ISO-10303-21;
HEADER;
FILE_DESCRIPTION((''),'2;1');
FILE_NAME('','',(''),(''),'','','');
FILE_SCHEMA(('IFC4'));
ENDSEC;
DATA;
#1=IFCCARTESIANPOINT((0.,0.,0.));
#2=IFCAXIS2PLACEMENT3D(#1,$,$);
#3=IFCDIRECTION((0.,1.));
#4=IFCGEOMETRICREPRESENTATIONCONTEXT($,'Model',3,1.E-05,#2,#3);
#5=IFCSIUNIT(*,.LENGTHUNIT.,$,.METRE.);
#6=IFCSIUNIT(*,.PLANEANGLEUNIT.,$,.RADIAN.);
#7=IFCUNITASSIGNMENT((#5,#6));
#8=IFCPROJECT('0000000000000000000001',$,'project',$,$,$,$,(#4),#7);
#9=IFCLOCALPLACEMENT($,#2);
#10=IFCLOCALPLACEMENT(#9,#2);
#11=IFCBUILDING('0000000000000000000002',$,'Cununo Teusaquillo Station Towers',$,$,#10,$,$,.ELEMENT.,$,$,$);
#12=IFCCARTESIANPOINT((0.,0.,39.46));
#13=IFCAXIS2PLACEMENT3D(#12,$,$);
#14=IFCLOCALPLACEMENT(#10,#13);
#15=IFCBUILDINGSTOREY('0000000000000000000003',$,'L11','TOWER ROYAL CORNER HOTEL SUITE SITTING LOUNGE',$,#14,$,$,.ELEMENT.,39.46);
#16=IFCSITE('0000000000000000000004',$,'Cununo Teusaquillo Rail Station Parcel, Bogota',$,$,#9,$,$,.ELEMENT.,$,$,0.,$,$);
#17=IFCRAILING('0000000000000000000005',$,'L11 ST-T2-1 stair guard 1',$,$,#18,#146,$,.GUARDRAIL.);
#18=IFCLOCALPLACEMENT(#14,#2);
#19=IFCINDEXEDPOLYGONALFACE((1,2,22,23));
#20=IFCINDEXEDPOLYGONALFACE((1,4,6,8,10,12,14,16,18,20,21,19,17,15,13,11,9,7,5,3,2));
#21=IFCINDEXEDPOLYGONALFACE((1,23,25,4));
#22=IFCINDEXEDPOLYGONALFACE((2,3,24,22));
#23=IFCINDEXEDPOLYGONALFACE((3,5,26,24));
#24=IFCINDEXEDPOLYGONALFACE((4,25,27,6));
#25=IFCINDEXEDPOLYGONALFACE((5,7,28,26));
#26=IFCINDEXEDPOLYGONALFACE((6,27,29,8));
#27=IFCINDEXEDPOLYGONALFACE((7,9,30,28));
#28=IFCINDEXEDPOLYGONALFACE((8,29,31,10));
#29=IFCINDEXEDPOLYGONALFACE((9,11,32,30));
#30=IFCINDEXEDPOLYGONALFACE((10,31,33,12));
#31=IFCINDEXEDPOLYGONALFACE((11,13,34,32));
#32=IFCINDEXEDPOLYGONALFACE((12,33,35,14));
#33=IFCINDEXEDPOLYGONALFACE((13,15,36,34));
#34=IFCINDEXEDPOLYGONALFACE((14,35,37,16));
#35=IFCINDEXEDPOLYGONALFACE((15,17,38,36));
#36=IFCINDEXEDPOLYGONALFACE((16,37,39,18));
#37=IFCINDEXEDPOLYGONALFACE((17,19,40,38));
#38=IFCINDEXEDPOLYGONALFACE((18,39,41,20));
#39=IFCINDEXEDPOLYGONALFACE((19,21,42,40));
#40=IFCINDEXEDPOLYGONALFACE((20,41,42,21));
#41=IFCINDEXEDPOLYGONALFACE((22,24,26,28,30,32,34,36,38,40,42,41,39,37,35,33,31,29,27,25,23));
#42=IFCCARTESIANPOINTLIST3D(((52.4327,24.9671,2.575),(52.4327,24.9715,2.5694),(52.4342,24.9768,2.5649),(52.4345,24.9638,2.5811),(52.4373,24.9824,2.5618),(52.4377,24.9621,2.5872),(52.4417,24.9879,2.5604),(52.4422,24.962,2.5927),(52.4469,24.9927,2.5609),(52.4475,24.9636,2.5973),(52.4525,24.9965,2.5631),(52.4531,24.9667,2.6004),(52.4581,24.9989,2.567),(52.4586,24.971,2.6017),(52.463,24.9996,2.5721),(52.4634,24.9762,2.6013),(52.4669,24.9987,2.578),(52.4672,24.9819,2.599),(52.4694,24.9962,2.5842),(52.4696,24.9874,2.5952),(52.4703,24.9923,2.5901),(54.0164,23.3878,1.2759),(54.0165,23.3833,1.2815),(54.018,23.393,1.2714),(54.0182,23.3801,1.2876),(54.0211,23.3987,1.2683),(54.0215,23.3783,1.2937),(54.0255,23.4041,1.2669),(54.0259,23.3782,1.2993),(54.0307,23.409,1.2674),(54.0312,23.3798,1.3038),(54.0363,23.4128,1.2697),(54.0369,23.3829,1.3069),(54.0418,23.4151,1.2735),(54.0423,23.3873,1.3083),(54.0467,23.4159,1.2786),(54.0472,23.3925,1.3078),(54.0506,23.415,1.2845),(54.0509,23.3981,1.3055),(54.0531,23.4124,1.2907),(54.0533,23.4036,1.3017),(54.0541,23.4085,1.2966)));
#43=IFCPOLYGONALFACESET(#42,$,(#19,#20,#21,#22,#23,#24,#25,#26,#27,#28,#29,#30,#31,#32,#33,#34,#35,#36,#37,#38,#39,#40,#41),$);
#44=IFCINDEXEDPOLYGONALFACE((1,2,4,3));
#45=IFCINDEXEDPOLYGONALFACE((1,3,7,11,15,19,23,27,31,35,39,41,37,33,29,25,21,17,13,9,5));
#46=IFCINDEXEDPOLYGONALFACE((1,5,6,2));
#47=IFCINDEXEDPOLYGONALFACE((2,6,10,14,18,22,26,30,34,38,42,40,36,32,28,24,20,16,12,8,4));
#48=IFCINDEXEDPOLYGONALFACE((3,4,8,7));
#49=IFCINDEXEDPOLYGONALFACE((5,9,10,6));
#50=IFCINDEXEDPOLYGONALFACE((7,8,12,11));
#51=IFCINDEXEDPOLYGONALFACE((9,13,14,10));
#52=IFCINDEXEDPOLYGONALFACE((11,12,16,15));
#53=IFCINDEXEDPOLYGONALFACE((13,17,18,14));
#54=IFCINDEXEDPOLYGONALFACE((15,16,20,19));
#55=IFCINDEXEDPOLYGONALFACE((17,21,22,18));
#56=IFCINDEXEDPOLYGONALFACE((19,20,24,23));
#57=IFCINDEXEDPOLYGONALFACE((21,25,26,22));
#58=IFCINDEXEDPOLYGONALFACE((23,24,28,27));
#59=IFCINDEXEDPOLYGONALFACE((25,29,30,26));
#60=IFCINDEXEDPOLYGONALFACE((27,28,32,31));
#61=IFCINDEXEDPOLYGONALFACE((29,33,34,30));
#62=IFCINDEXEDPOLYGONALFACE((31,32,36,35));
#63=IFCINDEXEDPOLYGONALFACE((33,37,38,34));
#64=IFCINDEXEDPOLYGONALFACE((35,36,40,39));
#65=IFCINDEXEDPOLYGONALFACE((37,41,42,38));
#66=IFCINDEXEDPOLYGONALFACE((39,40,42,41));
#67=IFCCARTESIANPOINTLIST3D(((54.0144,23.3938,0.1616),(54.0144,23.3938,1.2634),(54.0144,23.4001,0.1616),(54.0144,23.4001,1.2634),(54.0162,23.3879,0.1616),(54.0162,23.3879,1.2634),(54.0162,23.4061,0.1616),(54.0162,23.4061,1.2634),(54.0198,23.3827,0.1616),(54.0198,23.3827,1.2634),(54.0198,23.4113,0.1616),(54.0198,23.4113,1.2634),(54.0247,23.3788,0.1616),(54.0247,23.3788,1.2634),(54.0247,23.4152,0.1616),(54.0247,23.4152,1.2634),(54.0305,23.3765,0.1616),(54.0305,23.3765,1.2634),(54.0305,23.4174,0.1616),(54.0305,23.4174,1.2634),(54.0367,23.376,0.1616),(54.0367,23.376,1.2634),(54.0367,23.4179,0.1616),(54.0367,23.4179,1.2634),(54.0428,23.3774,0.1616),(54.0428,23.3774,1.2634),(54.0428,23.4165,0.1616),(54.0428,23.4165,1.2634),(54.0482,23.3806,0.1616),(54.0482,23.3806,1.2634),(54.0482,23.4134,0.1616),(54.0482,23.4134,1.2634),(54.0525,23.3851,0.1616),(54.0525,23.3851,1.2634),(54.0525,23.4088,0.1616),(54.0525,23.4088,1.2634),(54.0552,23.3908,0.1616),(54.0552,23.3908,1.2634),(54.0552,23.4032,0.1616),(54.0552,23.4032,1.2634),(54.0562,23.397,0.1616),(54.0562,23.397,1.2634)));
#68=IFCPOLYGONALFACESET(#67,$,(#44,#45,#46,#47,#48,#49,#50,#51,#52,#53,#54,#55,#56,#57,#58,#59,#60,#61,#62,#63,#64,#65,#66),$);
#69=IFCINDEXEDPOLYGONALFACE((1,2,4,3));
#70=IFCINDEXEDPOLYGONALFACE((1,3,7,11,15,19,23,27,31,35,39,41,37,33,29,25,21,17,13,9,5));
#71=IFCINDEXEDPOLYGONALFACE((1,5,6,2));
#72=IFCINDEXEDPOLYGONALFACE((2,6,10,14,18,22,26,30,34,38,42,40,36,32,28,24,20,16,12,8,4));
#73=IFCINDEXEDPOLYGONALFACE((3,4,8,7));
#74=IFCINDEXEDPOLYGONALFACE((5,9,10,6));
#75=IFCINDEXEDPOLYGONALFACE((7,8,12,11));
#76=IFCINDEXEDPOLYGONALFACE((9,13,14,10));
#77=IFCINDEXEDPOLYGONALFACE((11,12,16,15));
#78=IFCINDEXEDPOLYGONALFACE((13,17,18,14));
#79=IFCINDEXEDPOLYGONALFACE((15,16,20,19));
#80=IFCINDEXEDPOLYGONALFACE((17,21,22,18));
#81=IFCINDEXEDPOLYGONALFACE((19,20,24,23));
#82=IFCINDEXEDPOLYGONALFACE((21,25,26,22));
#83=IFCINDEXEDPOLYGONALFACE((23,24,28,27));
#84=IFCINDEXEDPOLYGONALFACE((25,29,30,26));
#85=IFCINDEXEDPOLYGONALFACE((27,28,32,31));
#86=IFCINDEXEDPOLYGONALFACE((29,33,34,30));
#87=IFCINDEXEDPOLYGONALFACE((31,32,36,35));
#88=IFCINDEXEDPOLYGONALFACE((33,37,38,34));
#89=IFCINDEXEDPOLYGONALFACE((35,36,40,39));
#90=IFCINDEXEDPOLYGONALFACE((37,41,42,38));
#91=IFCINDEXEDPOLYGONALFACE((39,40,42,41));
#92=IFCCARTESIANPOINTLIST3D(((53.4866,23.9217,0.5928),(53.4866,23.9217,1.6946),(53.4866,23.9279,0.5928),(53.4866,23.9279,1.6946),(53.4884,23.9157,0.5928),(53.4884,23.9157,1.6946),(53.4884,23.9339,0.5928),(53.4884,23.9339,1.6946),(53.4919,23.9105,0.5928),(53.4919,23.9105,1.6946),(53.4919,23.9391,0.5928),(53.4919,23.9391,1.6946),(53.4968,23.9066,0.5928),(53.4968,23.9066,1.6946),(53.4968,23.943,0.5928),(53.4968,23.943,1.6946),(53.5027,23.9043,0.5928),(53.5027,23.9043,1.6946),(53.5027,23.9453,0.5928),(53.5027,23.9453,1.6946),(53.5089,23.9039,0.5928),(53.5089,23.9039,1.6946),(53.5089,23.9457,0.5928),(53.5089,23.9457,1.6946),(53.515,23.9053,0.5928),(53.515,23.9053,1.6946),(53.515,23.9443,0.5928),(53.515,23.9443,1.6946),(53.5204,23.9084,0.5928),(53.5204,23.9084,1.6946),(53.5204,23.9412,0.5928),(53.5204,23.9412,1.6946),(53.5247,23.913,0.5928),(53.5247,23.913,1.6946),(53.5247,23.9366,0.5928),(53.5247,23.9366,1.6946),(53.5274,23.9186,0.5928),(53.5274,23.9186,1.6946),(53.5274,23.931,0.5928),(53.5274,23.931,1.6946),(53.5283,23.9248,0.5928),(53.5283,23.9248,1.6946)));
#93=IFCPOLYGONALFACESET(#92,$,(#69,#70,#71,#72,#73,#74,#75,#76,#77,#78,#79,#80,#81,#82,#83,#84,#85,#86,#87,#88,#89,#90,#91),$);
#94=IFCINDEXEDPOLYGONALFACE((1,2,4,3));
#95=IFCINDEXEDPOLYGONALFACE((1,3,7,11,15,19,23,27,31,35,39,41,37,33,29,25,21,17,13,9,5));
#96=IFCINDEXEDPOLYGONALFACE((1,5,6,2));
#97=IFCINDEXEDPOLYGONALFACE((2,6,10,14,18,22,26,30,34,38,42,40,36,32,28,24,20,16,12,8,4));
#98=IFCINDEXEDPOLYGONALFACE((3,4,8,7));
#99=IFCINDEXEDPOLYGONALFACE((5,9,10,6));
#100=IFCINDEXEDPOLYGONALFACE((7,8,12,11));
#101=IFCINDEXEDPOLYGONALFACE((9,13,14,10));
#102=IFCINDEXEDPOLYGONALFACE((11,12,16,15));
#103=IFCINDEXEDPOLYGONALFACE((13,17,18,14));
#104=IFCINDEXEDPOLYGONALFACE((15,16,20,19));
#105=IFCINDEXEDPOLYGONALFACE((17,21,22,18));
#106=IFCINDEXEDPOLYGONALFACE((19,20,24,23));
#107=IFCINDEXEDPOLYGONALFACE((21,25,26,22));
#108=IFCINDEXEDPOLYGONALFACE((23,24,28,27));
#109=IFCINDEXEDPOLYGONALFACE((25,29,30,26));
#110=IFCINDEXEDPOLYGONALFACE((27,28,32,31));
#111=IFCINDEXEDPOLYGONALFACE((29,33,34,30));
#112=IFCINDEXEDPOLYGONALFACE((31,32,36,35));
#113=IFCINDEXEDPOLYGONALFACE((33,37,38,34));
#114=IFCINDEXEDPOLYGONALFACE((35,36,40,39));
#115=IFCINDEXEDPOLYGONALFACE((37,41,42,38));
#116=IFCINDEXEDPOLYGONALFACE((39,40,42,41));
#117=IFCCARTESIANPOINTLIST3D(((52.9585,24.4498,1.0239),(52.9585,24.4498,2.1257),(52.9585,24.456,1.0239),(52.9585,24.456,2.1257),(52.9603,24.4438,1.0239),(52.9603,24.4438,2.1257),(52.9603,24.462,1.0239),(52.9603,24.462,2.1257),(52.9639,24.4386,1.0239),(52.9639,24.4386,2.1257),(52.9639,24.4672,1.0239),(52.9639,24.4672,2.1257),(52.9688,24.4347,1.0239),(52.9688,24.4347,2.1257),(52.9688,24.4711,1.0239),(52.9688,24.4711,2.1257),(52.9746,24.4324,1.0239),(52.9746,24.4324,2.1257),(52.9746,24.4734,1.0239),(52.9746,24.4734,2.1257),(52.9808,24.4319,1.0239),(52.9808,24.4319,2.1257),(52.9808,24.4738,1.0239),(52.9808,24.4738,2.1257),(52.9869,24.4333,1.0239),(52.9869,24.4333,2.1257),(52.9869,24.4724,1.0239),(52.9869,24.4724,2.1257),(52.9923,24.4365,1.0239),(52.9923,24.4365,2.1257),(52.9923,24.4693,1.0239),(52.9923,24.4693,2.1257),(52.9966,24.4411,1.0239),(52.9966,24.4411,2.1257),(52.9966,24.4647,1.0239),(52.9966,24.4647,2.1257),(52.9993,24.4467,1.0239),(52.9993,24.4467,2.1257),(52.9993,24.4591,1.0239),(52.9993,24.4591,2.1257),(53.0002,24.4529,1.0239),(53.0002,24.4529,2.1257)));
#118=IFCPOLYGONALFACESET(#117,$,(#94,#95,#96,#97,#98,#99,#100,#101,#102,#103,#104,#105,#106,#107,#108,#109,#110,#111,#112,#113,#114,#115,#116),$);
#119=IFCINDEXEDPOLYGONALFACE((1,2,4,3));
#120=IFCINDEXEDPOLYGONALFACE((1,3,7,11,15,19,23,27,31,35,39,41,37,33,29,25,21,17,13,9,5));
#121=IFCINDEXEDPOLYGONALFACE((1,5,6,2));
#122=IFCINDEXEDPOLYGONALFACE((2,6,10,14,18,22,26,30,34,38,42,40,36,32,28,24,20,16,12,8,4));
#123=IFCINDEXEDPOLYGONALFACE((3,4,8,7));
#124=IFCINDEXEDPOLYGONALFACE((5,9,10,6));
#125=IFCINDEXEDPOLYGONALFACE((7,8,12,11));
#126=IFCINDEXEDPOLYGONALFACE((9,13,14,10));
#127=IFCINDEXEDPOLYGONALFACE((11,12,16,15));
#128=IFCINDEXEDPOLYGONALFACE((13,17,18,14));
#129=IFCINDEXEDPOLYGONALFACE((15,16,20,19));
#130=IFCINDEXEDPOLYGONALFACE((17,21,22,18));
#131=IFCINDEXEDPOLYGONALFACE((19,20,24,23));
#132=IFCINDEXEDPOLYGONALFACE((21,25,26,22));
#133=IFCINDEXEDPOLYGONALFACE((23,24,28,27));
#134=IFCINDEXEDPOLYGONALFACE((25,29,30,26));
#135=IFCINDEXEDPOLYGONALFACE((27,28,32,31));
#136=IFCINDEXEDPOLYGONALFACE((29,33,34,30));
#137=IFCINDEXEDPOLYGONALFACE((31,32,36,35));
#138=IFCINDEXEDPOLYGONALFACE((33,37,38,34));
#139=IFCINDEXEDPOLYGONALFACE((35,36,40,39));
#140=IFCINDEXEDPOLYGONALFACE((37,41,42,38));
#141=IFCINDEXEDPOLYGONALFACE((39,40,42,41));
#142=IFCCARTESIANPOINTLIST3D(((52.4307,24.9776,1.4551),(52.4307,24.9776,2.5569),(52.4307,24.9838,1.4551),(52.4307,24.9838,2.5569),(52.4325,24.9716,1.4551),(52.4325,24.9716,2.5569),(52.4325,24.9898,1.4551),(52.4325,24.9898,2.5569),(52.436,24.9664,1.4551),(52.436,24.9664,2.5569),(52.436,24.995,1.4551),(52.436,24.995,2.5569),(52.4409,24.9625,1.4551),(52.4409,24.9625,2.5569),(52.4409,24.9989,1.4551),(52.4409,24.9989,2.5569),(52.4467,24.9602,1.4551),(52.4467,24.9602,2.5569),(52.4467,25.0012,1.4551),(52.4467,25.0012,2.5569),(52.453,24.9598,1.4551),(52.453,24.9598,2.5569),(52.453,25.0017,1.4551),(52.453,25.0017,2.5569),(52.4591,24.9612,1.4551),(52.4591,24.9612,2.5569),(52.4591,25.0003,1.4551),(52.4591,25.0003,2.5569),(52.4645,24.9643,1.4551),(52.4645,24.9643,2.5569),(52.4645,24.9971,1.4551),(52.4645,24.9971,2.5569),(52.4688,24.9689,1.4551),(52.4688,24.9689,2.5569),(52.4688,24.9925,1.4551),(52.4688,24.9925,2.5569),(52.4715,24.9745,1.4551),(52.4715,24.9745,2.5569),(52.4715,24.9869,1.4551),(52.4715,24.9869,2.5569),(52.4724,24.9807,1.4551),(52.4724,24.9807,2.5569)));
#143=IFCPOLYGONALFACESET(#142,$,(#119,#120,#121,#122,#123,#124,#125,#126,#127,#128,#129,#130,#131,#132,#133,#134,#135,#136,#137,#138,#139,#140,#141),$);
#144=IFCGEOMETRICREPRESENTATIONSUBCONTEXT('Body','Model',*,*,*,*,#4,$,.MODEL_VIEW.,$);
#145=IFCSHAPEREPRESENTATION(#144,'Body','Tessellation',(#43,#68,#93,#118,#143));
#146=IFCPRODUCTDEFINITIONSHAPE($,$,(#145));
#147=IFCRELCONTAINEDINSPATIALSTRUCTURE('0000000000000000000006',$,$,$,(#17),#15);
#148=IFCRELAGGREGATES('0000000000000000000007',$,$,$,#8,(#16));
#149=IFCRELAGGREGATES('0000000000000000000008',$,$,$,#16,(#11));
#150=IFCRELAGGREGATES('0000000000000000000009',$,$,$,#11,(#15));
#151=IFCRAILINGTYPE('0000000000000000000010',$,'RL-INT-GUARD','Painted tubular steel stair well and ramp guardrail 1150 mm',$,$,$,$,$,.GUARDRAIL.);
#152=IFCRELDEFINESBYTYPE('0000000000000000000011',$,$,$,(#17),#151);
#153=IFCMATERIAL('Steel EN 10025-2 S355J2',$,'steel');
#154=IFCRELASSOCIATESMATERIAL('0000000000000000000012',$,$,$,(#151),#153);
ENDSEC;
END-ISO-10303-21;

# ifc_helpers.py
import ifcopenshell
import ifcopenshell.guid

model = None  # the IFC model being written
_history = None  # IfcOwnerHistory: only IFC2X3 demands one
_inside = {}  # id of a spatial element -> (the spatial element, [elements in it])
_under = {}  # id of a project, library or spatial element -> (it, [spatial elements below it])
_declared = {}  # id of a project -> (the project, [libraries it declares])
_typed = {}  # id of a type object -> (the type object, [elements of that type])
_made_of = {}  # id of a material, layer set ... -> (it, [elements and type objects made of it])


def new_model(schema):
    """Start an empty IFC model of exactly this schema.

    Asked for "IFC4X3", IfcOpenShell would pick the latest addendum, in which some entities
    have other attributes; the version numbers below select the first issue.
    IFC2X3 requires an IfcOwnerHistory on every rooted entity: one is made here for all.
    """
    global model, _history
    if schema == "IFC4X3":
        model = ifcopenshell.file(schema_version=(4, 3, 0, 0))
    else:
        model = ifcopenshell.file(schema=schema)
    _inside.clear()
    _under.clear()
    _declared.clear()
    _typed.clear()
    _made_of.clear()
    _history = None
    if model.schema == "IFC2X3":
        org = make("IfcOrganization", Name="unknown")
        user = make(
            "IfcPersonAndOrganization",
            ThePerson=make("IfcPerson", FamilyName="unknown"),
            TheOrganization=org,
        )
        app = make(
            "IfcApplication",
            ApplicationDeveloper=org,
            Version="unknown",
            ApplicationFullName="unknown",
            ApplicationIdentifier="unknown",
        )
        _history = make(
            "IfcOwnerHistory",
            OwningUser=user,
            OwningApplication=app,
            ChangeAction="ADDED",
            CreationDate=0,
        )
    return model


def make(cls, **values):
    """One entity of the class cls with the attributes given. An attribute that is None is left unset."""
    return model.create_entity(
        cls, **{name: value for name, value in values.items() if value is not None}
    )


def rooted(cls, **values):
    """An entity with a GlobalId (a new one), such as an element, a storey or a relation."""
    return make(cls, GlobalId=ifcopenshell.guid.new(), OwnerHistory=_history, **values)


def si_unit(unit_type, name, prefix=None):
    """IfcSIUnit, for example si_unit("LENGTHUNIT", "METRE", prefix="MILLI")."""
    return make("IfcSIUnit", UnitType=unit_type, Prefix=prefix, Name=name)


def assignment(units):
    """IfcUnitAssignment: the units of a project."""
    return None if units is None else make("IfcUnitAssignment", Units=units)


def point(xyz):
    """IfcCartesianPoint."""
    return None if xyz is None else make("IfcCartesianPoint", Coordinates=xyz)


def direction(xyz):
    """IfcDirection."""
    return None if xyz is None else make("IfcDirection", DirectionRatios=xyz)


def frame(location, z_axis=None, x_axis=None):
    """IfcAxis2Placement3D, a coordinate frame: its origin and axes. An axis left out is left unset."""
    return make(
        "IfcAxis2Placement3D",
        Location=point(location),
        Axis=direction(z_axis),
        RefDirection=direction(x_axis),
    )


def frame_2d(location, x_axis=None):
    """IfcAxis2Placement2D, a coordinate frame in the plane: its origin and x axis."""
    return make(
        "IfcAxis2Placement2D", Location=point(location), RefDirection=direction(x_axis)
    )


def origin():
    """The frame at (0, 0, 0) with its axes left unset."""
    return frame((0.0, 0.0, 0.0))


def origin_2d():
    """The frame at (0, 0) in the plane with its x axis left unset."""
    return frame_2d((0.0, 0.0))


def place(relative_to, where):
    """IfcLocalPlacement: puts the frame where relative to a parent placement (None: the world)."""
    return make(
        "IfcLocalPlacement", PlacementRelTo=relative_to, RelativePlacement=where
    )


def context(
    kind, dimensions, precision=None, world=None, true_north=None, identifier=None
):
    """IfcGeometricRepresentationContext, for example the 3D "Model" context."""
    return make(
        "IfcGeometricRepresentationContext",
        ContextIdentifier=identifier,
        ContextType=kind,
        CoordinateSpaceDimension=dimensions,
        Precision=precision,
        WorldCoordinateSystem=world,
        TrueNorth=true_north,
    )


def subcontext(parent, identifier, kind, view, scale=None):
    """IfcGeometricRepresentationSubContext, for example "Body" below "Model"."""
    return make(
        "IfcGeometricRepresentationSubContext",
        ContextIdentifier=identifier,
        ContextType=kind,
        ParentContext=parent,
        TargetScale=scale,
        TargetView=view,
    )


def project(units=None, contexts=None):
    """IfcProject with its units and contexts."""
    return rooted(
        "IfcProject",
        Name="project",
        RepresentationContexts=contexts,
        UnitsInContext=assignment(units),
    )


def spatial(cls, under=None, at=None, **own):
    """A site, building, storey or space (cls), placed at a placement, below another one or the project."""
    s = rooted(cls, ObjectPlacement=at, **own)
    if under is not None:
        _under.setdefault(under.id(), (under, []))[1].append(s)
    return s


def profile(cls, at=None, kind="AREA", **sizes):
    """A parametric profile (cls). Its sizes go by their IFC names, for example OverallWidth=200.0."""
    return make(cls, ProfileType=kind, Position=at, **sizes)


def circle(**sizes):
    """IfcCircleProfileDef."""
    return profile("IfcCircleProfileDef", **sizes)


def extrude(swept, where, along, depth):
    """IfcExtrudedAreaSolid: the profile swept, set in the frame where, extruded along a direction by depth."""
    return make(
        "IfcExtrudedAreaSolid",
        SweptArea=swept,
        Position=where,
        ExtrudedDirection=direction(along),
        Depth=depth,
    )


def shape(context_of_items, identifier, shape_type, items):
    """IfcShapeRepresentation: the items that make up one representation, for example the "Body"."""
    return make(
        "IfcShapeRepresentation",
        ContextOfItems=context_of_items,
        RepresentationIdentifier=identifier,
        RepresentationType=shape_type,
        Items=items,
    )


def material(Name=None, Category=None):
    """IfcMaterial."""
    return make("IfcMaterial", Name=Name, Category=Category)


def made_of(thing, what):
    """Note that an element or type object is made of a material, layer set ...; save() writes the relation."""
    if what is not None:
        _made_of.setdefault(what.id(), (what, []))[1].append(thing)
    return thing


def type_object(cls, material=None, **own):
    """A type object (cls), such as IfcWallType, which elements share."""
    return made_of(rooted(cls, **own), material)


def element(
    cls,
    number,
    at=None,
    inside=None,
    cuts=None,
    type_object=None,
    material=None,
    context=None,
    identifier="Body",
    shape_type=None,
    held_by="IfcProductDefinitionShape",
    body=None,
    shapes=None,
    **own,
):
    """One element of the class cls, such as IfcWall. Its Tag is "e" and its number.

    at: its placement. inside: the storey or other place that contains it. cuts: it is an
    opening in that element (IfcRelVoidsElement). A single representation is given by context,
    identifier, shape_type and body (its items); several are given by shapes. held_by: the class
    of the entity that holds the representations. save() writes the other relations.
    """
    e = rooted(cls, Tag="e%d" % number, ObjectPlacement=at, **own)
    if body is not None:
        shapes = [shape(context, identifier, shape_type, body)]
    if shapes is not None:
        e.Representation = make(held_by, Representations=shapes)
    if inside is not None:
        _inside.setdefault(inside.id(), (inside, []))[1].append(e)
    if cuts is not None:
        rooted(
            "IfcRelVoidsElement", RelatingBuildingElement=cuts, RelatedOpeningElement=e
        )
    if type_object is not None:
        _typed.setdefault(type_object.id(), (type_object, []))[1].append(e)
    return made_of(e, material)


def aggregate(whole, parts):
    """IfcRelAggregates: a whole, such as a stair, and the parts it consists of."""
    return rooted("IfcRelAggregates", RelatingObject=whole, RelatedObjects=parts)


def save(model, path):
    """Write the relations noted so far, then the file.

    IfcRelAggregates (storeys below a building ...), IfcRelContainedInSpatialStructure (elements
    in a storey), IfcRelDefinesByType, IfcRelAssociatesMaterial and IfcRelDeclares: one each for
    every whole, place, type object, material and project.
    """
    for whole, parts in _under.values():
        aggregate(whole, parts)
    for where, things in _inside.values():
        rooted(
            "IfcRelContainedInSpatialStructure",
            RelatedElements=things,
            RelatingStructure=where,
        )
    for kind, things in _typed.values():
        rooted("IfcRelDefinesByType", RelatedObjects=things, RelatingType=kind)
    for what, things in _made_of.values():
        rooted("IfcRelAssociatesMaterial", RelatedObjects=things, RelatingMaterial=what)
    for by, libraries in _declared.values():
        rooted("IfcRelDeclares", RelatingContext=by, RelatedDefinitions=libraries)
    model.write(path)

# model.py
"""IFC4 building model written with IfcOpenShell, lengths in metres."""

from ifc_helpers import new_model, si_unit, direction, frame, origin, origin_2d, place, context, subcontext, project, spatial, circle, extrude, material, type_object, element, save


model = new_model("IFC4")

# Units and contexts
model_context = context("Model", 3, precision=1e-05, world=origin(), true_north=direction((0.0, 1.0)))
body_context = subcontext(model_context, "Body", "Model", "MODEL_VIEW")
ifc_project = project(units=[si_unit("LENGTHUNIT", "METRE"), si_unit("PLANEANGLEUNIT", "RADIAN")], contexts=[model_context])

# Site, building, storey
site_placement = place(None, origin())
site = spatial("IfcSite", under=ifc_project, at=site_placement, Name="Cununo Teusaquillo Rail Station Parcel, Bogota", CompositionType="ELEMENT", RefElevation=0.0)
building_placement = place(site_placement, origin())
building = spatial("IfcBuilding", under=site, at=building_placement, Name="Cununo Teusaquillo Station Towers", CompositionType="ELEMENT")
storey_placement = place(building_placement, frame((0.0, 0.0, 39.46)))
storey = spatial("IfcBuildingStorey", under=building, at=storey_placement, Name="L11", Description="TOWER ROYAL CORNER HOTEL SUITE SITTING LOUNGE", CompositionType="ELEMENT", Elevation=39.46)

# Railing
ifc_material_1 = material(Name="Steel EN 10025-2 S355J2", Category="steel")
railing_type_1 = type_object("IfcRailingType", Name="RL-INT-GUARD", Description="Painted tubular steel stair well and ramp guardrail 1150 mm", PredefinedType="GUARDRAIL", material=ifc_material_1)
railing_1_placement = place(storey_placement, frame((54.0352, 23.397, 0.1616)))
element("IfcRailing", 1, at=railing_1_placement, inside=storey, type_object=railing_type_1, Name="L11 ST-T2-1 stair guard 1", PredefinedType="GUARDRAIL", context=body_context, shape_type="SweptSolid", body=[
    extrude(circle(Radius=0.0239, at=origin_2d()), frame((0.0, 0.0, 1.126), z_axis=(-0.612332, 0.612332, 0.500098), x_axis=(-0.707107, -0.707107, 0.0)), (0.0, 0.0, 1.0), 2.5864),
    extrude(circle(Radius=0.021, at=origin_2d()), origin(), (0.0, 0.0, 1.0), 1.1018),
    extrude(circle(Radius=0.021, at=origin_2d()), frame((-0.5278, 0.5278, 0.4312)), (0.0, 0.0, 1.0), 1.1018),
    extrude(circle(Radius=0.021, at=origin_2d()), frame((-1.0559, 1.0559, 0.8623)), (0.0, 0.0, 1.0), 1.1018),
    extrude(circle(Radius=0.021, at=origin_2d()), frame((-1.5837, 1.5837, 1.2935)), (0.0, 0.0, 1.0), 1.1018),
])

save(model, "model.ifc")
